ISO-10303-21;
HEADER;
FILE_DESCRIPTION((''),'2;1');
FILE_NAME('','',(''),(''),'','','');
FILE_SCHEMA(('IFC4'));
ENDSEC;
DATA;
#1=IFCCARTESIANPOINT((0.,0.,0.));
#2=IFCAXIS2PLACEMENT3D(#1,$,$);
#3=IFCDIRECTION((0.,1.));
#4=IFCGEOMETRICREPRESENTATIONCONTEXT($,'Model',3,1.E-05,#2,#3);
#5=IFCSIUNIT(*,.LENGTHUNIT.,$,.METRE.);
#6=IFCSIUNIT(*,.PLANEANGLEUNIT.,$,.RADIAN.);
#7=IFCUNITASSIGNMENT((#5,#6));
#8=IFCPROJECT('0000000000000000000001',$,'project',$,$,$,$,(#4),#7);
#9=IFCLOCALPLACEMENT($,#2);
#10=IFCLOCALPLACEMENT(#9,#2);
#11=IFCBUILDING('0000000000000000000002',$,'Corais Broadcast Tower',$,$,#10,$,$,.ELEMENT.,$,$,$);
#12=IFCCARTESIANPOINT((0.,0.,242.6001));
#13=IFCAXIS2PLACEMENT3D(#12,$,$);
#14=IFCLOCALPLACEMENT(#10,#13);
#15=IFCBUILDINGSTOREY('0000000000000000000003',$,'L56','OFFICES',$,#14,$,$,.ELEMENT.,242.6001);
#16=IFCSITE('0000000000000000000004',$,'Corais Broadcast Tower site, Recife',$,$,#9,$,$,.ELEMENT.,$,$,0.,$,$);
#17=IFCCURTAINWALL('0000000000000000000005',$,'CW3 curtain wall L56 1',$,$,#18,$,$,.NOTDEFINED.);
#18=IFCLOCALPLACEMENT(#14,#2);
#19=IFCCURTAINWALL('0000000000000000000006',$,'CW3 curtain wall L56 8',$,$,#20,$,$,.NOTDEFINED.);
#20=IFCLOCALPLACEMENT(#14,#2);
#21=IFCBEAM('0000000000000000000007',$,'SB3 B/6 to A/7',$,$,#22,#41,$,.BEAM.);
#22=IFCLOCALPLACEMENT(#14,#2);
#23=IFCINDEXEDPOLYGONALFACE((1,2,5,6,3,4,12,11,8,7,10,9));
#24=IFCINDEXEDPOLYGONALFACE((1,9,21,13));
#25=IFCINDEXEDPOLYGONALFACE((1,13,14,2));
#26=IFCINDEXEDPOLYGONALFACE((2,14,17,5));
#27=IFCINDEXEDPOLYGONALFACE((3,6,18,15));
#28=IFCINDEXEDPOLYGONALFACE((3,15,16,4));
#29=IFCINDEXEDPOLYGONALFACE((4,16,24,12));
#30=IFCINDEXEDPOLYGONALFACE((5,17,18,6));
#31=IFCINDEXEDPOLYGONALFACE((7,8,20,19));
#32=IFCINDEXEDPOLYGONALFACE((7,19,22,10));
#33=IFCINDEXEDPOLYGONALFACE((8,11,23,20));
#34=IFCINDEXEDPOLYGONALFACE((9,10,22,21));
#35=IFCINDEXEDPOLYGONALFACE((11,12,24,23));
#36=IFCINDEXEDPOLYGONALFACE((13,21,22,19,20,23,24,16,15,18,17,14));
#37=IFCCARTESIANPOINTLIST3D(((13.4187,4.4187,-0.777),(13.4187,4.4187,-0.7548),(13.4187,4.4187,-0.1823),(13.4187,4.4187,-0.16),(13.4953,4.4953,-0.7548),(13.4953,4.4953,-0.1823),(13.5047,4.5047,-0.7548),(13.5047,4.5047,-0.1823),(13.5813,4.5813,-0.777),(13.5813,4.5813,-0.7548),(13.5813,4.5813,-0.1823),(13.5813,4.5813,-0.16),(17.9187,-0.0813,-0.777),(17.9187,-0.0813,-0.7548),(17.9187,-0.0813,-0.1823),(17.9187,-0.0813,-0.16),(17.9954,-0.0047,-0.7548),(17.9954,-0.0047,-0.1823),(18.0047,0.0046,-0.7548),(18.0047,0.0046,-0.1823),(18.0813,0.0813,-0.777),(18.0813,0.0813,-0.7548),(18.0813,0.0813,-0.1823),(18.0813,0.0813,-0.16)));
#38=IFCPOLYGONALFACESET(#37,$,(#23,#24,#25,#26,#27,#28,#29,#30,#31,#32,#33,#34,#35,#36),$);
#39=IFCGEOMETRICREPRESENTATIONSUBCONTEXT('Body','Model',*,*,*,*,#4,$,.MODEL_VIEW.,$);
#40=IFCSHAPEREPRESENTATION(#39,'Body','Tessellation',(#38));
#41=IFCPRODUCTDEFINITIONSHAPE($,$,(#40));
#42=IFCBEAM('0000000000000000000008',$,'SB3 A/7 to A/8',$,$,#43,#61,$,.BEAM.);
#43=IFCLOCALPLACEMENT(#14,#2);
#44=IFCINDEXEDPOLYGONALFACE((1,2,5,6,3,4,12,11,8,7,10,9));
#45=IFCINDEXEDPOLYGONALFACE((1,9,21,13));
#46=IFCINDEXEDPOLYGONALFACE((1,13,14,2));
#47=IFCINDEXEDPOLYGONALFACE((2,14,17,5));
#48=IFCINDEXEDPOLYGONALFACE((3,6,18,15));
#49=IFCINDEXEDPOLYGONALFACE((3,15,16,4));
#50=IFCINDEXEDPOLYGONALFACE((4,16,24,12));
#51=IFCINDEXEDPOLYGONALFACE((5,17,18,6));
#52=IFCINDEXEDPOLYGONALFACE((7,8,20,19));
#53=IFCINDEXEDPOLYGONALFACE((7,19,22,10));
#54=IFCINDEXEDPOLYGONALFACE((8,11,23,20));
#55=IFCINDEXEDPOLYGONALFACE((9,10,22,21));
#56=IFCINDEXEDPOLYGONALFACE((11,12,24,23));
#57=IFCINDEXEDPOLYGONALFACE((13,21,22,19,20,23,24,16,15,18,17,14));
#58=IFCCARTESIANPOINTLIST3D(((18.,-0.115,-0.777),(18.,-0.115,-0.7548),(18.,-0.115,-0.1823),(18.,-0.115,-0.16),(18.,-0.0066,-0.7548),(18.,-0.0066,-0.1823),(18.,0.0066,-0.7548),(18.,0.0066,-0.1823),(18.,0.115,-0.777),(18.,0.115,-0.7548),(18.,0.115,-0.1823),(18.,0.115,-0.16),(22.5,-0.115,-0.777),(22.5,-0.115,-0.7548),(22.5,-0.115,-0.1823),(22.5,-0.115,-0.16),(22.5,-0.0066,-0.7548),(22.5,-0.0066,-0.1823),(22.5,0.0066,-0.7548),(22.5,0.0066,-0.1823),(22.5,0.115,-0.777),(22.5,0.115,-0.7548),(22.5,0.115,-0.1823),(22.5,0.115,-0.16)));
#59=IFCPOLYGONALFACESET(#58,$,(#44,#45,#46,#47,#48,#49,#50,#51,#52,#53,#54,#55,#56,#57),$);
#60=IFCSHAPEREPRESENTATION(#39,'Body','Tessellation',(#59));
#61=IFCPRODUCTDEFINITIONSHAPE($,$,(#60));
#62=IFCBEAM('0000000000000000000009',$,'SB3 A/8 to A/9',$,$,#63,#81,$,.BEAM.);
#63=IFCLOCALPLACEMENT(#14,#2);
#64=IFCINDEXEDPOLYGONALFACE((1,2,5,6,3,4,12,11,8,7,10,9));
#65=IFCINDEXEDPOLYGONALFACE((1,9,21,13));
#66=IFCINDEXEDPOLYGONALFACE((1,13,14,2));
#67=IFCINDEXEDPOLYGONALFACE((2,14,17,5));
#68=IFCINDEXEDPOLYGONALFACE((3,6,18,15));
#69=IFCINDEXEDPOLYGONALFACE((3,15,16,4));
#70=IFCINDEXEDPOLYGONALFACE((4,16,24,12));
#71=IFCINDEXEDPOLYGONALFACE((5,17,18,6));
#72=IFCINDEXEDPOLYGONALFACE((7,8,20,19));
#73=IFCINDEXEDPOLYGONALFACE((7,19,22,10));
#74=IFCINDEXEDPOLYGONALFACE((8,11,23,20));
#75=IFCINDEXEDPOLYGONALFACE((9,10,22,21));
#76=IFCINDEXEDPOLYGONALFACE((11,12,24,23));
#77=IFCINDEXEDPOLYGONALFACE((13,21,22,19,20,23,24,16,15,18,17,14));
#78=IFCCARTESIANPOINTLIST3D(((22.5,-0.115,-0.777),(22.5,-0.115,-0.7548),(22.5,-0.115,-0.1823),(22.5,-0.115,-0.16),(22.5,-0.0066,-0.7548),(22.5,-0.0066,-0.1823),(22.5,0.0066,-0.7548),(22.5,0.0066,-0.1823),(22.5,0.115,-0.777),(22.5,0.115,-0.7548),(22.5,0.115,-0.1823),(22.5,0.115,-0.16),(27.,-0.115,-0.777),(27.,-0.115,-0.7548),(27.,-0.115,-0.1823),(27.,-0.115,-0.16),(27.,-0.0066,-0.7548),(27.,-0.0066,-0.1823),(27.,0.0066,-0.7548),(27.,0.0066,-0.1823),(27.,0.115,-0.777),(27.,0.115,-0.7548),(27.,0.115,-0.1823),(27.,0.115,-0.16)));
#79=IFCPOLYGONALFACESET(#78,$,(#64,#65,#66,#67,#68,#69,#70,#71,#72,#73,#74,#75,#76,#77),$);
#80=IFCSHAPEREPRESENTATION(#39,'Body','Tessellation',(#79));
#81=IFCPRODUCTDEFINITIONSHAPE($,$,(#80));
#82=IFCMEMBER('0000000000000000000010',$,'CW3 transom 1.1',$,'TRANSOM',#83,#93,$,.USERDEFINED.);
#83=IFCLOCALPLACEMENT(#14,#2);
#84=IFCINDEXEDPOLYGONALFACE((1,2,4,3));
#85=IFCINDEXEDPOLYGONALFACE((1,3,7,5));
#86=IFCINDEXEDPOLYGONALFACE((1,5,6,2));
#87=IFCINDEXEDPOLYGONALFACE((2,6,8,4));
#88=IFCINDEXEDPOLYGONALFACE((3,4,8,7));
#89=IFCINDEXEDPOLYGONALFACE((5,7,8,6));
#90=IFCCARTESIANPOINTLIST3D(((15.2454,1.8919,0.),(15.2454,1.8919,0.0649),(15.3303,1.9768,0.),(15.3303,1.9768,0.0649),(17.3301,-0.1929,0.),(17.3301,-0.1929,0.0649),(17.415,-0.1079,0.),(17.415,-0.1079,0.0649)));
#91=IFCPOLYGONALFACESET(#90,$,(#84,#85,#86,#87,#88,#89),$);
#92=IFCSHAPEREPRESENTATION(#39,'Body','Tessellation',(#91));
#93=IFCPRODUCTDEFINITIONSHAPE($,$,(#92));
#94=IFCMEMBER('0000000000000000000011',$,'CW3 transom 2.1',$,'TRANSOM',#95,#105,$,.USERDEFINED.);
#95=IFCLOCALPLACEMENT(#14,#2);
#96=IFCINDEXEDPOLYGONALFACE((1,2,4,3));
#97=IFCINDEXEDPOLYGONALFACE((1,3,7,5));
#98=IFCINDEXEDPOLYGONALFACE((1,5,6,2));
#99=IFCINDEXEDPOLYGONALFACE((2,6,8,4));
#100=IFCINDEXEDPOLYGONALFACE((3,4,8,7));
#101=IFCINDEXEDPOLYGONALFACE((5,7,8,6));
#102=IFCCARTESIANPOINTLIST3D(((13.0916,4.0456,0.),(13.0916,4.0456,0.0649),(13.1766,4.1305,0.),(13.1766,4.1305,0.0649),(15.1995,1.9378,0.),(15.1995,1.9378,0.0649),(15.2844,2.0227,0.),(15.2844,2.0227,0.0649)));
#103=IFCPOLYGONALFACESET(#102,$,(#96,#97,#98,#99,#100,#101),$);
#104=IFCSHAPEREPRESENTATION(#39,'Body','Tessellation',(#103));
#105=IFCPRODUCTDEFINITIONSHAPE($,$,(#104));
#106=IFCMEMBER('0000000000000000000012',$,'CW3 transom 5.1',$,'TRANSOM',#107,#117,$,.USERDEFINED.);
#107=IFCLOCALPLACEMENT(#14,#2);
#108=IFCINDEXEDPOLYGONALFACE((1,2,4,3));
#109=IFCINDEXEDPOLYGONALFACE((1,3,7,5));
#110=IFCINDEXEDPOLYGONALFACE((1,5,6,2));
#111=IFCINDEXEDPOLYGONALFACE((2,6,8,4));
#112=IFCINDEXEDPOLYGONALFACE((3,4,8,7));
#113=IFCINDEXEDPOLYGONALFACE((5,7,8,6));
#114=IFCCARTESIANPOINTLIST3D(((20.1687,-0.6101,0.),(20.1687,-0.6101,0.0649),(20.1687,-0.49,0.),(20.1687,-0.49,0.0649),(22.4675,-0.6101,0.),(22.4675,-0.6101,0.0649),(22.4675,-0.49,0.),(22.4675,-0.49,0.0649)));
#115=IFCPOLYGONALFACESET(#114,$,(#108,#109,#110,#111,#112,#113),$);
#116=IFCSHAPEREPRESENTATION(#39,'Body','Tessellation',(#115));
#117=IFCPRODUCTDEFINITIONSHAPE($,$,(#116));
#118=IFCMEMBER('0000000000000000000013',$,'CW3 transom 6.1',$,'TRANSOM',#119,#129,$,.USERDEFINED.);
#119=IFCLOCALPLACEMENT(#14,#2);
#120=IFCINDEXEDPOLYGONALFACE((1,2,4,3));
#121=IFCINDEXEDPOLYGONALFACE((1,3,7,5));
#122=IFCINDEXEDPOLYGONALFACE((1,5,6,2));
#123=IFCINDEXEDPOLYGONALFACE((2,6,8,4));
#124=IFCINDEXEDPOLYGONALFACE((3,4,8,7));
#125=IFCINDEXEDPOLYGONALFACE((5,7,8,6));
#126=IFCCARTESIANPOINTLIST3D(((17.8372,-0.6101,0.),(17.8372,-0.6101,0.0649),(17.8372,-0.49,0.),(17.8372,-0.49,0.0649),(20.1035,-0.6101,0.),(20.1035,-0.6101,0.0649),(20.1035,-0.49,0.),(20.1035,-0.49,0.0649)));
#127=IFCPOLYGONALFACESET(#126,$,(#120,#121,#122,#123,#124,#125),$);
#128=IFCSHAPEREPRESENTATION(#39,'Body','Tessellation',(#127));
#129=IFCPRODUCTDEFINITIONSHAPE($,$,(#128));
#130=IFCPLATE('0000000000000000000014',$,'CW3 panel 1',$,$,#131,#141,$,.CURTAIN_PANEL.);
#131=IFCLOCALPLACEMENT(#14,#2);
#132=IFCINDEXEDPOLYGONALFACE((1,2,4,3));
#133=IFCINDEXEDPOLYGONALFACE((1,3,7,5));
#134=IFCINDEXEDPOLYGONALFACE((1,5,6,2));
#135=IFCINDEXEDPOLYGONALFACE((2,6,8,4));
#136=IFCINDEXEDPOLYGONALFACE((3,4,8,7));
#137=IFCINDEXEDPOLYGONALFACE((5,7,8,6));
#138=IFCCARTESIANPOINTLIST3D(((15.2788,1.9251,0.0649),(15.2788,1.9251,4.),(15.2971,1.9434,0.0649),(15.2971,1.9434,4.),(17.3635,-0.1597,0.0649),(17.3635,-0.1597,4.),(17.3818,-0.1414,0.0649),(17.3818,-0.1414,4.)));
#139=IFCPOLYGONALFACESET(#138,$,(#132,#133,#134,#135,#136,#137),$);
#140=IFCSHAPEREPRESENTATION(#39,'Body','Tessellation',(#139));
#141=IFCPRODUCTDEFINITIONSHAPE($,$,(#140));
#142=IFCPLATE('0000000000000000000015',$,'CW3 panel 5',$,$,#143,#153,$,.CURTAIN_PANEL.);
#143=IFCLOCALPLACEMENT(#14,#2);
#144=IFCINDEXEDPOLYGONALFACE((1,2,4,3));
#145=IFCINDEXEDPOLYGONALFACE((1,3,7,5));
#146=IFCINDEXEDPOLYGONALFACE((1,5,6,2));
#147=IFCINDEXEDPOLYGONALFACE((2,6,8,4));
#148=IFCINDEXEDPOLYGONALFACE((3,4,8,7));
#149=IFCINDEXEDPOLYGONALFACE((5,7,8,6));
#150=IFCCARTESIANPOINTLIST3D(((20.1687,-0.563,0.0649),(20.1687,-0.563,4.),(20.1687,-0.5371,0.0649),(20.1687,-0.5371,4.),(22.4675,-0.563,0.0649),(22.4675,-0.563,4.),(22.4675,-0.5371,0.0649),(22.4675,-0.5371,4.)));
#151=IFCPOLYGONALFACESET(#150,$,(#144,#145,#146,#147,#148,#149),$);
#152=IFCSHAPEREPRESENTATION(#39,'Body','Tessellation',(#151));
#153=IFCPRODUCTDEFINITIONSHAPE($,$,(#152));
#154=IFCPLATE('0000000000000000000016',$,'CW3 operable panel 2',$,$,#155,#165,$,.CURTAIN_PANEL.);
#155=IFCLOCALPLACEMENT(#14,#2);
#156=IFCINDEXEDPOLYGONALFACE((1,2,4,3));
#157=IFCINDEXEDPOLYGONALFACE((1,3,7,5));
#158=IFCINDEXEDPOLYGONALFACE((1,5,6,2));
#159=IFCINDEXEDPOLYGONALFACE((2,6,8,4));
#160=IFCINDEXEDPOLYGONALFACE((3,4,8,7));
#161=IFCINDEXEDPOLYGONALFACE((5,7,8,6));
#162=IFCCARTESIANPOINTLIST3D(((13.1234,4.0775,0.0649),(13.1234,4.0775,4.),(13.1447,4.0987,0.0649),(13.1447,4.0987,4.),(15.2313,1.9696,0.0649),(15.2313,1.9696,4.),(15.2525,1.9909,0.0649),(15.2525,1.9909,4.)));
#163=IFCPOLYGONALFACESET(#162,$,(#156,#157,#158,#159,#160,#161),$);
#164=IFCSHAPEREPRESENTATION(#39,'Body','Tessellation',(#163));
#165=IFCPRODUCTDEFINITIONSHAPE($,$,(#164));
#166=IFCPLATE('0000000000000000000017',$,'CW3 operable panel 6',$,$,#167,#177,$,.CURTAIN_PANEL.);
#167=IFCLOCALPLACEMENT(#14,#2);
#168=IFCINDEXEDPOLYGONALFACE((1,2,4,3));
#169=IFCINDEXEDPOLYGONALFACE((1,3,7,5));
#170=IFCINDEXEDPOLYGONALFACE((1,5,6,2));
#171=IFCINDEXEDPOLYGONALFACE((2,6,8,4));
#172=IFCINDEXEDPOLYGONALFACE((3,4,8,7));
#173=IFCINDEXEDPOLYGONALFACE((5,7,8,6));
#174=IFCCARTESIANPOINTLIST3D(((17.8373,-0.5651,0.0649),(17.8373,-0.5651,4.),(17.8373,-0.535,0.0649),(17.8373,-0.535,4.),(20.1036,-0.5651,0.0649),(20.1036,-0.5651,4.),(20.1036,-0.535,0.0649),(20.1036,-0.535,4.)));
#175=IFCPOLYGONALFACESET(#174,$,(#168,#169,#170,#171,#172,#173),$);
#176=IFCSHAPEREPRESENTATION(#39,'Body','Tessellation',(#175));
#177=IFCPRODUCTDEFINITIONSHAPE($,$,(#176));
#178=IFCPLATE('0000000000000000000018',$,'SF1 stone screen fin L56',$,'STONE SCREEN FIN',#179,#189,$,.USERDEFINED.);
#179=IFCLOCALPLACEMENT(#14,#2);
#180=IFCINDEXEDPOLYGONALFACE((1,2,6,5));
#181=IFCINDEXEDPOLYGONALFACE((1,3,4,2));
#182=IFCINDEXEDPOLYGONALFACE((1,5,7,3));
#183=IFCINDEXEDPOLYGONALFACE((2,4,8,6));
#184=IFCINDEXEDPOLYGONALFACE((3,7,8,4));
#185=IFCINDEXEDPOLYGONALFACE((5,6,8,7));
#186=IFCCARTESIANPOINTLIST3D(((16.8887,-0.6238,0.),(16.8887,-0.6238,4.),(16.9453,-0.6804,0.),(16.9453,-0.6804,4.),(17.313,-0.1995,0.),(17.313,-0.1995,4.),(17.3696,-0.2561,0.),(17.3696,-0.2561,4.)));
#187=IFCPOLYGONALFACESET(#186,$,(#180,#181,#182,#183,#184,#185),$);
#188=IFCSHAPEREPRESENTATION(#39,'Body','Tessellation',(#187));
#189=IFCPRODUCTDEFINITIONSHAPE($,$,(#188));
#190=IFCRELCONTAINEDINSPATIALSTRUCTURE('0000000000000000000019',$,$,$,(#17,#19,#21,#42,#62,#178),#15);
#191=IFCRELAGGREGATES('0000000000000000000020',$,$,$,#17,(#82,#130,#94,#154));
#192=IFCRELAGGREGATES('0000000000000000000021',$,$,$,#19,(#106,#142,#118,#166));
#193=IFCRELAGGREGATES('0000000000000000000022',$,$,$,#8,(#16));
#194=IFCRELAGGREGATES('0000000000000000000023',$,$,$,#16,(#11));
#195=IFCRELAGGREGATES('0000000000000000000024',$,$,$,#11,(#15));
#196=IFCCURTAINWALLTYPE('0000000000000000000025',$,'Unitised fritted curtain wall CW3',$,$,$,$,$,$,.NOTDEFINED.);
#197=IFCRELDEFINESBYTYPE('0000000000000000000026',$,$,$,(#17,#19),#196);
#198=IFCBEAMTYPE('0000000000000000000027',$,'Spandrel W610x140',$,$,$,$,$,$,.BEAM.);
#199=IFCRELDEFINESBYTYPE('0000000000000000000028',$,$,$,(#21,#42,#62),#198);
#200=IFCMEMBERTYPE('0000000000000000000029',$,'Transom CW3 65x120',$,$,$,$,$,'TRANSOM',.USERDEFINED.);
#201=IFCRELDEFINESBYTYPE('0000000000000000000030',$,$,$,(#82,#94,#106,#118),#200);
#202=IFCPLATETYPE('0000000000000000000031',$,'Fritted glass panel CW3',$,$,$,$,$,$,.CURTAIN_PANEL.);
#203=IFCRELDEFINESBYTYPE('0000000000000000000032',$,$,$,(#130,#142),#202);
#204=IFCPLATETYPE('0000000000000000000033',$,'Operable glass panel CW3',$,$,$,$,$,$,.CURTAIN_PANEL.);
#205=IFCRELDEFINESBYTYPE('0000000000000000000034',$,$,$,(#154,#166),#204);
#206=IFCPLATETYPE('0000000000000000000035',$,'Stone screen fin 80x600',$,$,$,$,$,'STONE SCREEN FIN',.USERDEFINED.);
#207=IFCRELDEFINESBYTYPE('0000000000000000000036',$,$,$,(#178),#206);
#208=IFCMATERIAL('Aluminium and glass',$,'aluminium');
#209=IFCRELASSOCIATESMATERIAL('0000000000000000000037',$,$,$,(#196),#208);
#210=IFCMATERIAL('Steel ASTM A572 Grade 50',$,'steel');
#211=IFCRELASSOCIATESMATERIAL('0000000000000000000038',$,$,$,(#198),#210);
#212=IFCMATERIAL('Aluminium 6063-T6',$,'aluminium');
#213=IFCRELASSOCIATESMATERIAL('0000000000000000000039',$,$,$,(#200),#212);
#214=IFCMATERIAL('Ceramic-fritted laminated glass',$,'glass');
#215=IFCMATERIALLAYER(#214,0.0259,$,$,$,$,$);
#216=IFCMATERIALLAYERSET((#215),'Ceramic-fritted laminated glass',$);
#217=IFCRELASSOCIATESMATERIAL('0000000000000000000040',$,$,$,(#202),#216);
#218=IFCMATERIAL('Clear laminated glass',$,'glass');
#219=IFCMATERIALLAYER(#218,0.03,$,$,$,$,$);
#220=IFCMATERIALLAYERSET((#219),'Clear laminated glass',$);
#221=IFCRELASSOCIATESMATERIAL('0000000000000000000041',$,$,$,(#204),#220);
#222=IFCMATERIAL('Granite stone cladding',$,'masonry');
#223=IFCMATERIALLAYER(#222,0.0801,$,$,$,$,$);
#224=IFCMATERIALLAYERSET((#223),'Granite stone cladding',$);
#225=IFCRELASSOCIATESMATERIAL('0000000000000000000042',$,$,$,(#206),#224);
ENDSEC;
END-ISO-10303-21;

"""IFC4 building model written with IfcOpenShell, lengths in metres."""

from ifc_helpers import new_model, si_unit, direction, frame, origin, origin_2d, place, context, subcontext, project, spatial, rectangle, i_section, extrude, material, layer, layer_set, material_profile, profile_set, type_object, element, aggregate, save


model = new_model("IFC4")

# Units and contexts
model_context = context("Model", 3, precision=1e-05, world=origin(), true_north=direction((0.0, 1.0)))
body_context = subcontext(model_context, "Body", "Model", "MODEL_VIEW")
ifc_project = project(units=[si_unit("LENGTHUNIT", "METRE"), si_unit("PLANEANGLEUNIT", "RADIAN")], contexts=[model_context])

# Site, building, storey
site_placement = place(None, origin())
site = spatial("IfcSite", under=ifc_project, at=site_placement, Name="Corais Broadcast Tower site, Recife", CompositionType="ELEMENT", RefElevation=0.0)
building_placement = place(site_placement, origin())
building = spatial("IfcBuilding", under=site, at=building_placement, Name="Corais Broadcast Tower", CompositionType="ELEMENT")
storey_placement = place(building_placement, frame((0.0, 0.0, 242.6001)))
storey = spatial("IfcBuildingStorey", under=building, at=storey_placement, Name="L56", Description="OFFICES", CompositionType="ELEMENT", Elevation=242.6001)

# Curtain walls
ifc_material_1 = material(Name="Aluminium and glass", Category="aluminium")
curtain_wall_type = type_object("IfcCurtainWallType", Name="Unitised fritted curtain wall CW3", PredefinedType="NOTDEFINED", material=ifc_material_1)
curtain_wall_1_placement = place(storey_placement, origin())
curtain_wall_1 = element("IfcCurtainWall", 1, at=curtain_wall_1_placement, inside=storey, type_object=curtain_wall_type, Name="CW3 curtain wall L56 1", PredefinedType="NOTDEFINED")
curtain_wall_2_placement = place(storey_placement, origin())
curtain_wall_2 = element("IfcCurtainWall", 2, at=curtain_wall_2_placement, inside=storey, type_object=curtain_wall_type, Name="CW3 curtain wall L56 8", PredefinedType="NOTDEFINED")

# Beams
ifc_material_2 = material(Name="Steel ASTM A572 Grade 50", Category="steel")
ifc_material_profile_1 = material_profile(ifc_material_2, i_section(OverallWidth=0.23, OverallDepth=0.6169, WebThickness=0.0132, FlangeThickness=0.0222, at=origin_2d()), Name="W610x140")
ifc_profile_set_1 = profile_set([ifc_material_profile_1], Name="Steel ASTM A572 Grade 50")
beam_type_1 = type_object("IfcBeamType", Name="Spandrel W610x140", PredefinedType="BEAM", material=ifc_profile_set_1)
beam_1_placement = place(storey_placement, frame((13.5, 4.5, -0.4685), z_axis=(0.707107, -0.707107, 0.0), x_axis=(0.707107, 0.707107, 0.0)))
element("IfcBeam", 3, at=beam_1_placement, inside=storey, type_object=beam_type_1, Name="SB3 B/6 to A/7", PredefinedType="BEAM", context=body_context, shape_type="SweptSolid", body=[
    extrude(i_section(OverallWidth=0.23, OverallDepth=0.6169, WebThickness=0.0132, FlangeThickness=0.0222, at=origin_2d()), origin(), (0.0, 0.0, 1.0), 6.364),
])
for number, where, z_axis, x_axis, name in (
    (4, (18.0, 0.0, -0.4685), (1.0, 0.0, 0.0), (0.0, 1.0, 0.0), "SB3 A/7 to A/8"),
    (5, (22.5, 0.0, -0.4685), (1.0, 0.0, 0.0), (0.0, 1.0, 0.0), "SB3 A/8 to A/9"),
):
    element("IfcBeam", number, at=place(storey_placement, frame(where, z_axis=z_axis, x_axis=x_axis)), inside=storey, type_object=beam_type_1, Name=name, PredefinedType="BEAM", context=body_context, shape_type="SweptSolid", body=[
        extrude(i_section(OverallWidth=0.23, OverallDepth=0.6169, WebThickness=0.0132, FlangeThickness=0.0222, at=origin_2d()), origin(), (0.0, 0.0, 1.0), 4.5),
    ])

# Members
ifc_material_3 = material(Name="Aluminium 6063-T6", Category="aluminium")
ifc_material_profile_2 = material_profile(ifc_material_3, rectangle(XDim=0.1201, YDim=0.0649, at=origin_2d()), Name="Transom CW3 65x120")
ifc_profile_set_2 = profile_set([ifc_material_profile_2], Name="Aluminium 6063-T6")
member_type_1 = type_object("IfcMemberType", Name="Transom CW3 65x120", ElementType="TRANSOM", PredefinedType="USERDEFINED", material=ifc_profile_set_2)
member_1_placement = place(storey_placement, frame((17.3726, -0.1504, 0.0325), z_axis=(-0.707107, 0.707107, 0.0), x_axis=(-0.707107, -0.707107, 0.0)))
member_1 = element("IfcMember", 6, at=member_1_placement, type_object=member_type_1, Name="CW3 transom 1.1", ObjectType="TRANSOM", PredefinedType="USERDEFINED", context=body_context, shape_type="SweptSolid", body=[
    extrude(rectangle(XDim=0.1201, YDim=0.0649, at=origin_2d()), origin(), (0.0, 0.0, 1.0), 2.9482),
])
member_2_placement = place(storey_placement, frame((15.2419, 1.9802, 0.0325), z_axis=(-0.707107, 0.707107, 0.0), x_axis=(-0.707107, -0.707107, 0.0)))
member_2 = element("IfcMember", 7, at=member_2_placement, type_object=member_type_1, Name="CW3 transom 2.1", ObjectType="TRANSOM", PredefinedType="USERDEFINED", context=body_context, shape_type="SweptSolid", body=[
    extrude(rectangle(XDim=0.1201, YDim=0.0649, at=origin_2d()), origin(), (0.0, 0.0, 1.0), 2.981),
])
member_3_placement = place(storey_placement, frame((22.4675, -0.55, 0.0325), z_axis=(-1.0, 0.0, 0.0), x_axis=(0.0, -1.0, 0.0)))
member_3 = element("IfcMember", 8, at=member_3_placement, type_object=member_type_1, Name="CW3 transom 5.1", ObjectType="TRANSOM", PredefinedType="USERDEFINED", context=body_context, shape_type="SweptSolid", body=[
    extrude(rectangle(XDim=0.1201, YDim=0.0649, at=origin_2d()), origin(), (0.0, 0.0, 1.0), 2.2988),
])
member_4_placement = place(storey_placement, frame((20.1035, -0.55, 0.0325), z_axis=(-1.0, 0.0, 0.0), x_axis=(0.0, -1.0, 0.0)))
member_4 = element("IfcMember", 9, at=member_4_placement, type_object=member_type_1, Name="CW3 transom 6.1", ObjectType="TRANSOM", PredefinedType="USERDEFINED", context=body_context, shape_type="SweptSolid", body=[
    extrude(rectangle(XDim=0.1201, YDim=0.0649, at=origin_2d()), origin(), (0.0, 0.0, 1.0), 2.2664),
])

# Plates
ifc_material_4 = material(Name="Ceramic-fritted laminated glass", Category="glass")
ifc_layer_1 = layer(ifc_material_4, 0.0259)
ifc_layer_set_1 = layer_set([ifc_layer_1], Name="Ceramic-fritted laminated glass")
plate_type_1 = type_object("IfcPlateType", Name="Fritted glass panel CW3", PredefinedType="CURTAIN_PANEL", material=ifc_layer_set_1)
plate_1_placement = place(storey_placement, frame((16.3303, 0.8918, 0.0649), z_axis=(0.0, 0.0, 1.0), x_axis=(-0.707107, 0.707107, 0.0)))
plate_1 = element("IfcPlate", 10, at=plate_1_placement, type_object=plate_type_1, Name="CW3 panel 1", PredefinedType="CURTAIN_PANEL", context=body_context, shape_type="SweptSolid", body=[
    extrude(rectangle(XDim=2.9482, YDim=0.0259, at=origin_2d()), origin(), (0.0, 0.0, 1.0), 3.9351),
])
plate_2_placement = place(storey_placement, frame((21.3181, -0.55, 0.0649), z_axis=(0.0, 0.0, 1.0), x_axis=(-1.0, 0.0, 0.0)))
plate_2 = element("IfcPlate", 11, at=plate_2_placement, type_object=plate_type_1, Name="CW3 panel 5", PredefinedType="CURTAIN_PANEL", context=body_context, shape_type="SweptSolid", body=[
    extrude(rectangle(XDim=2.2988, YDim=0.0259, at=origin_2d()), origin(), (0.0, 0.0, 1.0), 3.9351),
])
ifc_material_5 = material(Name="Clear laminated glass", Category="glass")
ifc_layer_2 = layer(ifc_material_5, 0.03)
ifc_layer_set_2 = layer_set([ifc_layer_2], Name="Clear laminated glass")
plate_type_2 = type_object("IfcPlateType", Name="Operable glass panel CW3", PredefinedType="CURTAIN_PANEL", material=ifc_layer_set_2)
plate_3_placement = place(storey_placement, frame((14.188, 3.0342, 0.0649), z_axis=(0.0, 0.0, 1.0), x_axis=(-0.707107, 0.707107, 0.0)))
plate_3 = element("IfcPlate", 12, at=plate_3_placement, type_object=plate_type_2, Name="CW3 operable panel 2", PredefinedType="CURTAIN_PANEL", context=body_context, shape_type="SweptSolid", body=[
    extrude(rectangle(XDim=2.981, YDim=0.03, at=origin_2d()), origin(), (0.0, 0.0, 1.0), 3.9351),
])
aggregate(curtain_wall_1, [member_1, plate_1, member_2, plate_3])
plate_4_placement = place(storey_placement, frame((18.9705, -0.55, 0.0649), z_axis=(0.0, 0.0, 1.0), x_axis=(-1.0, 0.0, 0.0)))
plate_4 = element("IfcPlate", 13, at=plate_4_placement, type_object=plate_type_2, Name="CW3 operable panel 6", PredefinedType="CURTAIN_PANEL", context=body_context, shape_type="SweptSolid", body=[
    extrude(rectangle(XDim=2.2664, YDim=0.03, at=origin_2d()), origin(), (0.0, 0.0, 1.0), 3.9351),
])
aggregate(curtain_wall_2, [member_3, plate_2, member_4, plate_4])
ifc_material_6 = material(Name="Granite stone cladding", Category="masonry")
ifc_layer_3 = layer(ifc_material_6, 0.0801)
ifc_layer_set_3 = layer_set([ifc_layer_3], Name="Granite stone cladding")
plate_type_3 = type_object("IfcPlateType", Name="Stone screen fin 80x600", ElementType="STONE SCREEN FIN", PredefinedType="USERDEFINED", material=ifc_layer_set_3)
plate_5_placement = place(storey_placement, frame((17.1292, -0.4399, 0.0), z_axis=(0.0, 0.0, 1.0), x_axis=(-0.707107, 0.707107, 0.0)))
element("IfcPlate", 14, at=plate_5_placement, inside=storey, type_object=plate_type_3, Name="SF1 stone screen fin L56", ObjectType="STONE SCREEN FIN", PredefinedType="USERDEFINED", context=body_context, shape_type="SweptSolid", body=[
    extrude(rectangle(XDim=0.0801, YDim=0.6001, at=origin_2d()), origin(), (0.0, 0.0, 1.0), 4.0),
])

save(model, "model.ifc")
